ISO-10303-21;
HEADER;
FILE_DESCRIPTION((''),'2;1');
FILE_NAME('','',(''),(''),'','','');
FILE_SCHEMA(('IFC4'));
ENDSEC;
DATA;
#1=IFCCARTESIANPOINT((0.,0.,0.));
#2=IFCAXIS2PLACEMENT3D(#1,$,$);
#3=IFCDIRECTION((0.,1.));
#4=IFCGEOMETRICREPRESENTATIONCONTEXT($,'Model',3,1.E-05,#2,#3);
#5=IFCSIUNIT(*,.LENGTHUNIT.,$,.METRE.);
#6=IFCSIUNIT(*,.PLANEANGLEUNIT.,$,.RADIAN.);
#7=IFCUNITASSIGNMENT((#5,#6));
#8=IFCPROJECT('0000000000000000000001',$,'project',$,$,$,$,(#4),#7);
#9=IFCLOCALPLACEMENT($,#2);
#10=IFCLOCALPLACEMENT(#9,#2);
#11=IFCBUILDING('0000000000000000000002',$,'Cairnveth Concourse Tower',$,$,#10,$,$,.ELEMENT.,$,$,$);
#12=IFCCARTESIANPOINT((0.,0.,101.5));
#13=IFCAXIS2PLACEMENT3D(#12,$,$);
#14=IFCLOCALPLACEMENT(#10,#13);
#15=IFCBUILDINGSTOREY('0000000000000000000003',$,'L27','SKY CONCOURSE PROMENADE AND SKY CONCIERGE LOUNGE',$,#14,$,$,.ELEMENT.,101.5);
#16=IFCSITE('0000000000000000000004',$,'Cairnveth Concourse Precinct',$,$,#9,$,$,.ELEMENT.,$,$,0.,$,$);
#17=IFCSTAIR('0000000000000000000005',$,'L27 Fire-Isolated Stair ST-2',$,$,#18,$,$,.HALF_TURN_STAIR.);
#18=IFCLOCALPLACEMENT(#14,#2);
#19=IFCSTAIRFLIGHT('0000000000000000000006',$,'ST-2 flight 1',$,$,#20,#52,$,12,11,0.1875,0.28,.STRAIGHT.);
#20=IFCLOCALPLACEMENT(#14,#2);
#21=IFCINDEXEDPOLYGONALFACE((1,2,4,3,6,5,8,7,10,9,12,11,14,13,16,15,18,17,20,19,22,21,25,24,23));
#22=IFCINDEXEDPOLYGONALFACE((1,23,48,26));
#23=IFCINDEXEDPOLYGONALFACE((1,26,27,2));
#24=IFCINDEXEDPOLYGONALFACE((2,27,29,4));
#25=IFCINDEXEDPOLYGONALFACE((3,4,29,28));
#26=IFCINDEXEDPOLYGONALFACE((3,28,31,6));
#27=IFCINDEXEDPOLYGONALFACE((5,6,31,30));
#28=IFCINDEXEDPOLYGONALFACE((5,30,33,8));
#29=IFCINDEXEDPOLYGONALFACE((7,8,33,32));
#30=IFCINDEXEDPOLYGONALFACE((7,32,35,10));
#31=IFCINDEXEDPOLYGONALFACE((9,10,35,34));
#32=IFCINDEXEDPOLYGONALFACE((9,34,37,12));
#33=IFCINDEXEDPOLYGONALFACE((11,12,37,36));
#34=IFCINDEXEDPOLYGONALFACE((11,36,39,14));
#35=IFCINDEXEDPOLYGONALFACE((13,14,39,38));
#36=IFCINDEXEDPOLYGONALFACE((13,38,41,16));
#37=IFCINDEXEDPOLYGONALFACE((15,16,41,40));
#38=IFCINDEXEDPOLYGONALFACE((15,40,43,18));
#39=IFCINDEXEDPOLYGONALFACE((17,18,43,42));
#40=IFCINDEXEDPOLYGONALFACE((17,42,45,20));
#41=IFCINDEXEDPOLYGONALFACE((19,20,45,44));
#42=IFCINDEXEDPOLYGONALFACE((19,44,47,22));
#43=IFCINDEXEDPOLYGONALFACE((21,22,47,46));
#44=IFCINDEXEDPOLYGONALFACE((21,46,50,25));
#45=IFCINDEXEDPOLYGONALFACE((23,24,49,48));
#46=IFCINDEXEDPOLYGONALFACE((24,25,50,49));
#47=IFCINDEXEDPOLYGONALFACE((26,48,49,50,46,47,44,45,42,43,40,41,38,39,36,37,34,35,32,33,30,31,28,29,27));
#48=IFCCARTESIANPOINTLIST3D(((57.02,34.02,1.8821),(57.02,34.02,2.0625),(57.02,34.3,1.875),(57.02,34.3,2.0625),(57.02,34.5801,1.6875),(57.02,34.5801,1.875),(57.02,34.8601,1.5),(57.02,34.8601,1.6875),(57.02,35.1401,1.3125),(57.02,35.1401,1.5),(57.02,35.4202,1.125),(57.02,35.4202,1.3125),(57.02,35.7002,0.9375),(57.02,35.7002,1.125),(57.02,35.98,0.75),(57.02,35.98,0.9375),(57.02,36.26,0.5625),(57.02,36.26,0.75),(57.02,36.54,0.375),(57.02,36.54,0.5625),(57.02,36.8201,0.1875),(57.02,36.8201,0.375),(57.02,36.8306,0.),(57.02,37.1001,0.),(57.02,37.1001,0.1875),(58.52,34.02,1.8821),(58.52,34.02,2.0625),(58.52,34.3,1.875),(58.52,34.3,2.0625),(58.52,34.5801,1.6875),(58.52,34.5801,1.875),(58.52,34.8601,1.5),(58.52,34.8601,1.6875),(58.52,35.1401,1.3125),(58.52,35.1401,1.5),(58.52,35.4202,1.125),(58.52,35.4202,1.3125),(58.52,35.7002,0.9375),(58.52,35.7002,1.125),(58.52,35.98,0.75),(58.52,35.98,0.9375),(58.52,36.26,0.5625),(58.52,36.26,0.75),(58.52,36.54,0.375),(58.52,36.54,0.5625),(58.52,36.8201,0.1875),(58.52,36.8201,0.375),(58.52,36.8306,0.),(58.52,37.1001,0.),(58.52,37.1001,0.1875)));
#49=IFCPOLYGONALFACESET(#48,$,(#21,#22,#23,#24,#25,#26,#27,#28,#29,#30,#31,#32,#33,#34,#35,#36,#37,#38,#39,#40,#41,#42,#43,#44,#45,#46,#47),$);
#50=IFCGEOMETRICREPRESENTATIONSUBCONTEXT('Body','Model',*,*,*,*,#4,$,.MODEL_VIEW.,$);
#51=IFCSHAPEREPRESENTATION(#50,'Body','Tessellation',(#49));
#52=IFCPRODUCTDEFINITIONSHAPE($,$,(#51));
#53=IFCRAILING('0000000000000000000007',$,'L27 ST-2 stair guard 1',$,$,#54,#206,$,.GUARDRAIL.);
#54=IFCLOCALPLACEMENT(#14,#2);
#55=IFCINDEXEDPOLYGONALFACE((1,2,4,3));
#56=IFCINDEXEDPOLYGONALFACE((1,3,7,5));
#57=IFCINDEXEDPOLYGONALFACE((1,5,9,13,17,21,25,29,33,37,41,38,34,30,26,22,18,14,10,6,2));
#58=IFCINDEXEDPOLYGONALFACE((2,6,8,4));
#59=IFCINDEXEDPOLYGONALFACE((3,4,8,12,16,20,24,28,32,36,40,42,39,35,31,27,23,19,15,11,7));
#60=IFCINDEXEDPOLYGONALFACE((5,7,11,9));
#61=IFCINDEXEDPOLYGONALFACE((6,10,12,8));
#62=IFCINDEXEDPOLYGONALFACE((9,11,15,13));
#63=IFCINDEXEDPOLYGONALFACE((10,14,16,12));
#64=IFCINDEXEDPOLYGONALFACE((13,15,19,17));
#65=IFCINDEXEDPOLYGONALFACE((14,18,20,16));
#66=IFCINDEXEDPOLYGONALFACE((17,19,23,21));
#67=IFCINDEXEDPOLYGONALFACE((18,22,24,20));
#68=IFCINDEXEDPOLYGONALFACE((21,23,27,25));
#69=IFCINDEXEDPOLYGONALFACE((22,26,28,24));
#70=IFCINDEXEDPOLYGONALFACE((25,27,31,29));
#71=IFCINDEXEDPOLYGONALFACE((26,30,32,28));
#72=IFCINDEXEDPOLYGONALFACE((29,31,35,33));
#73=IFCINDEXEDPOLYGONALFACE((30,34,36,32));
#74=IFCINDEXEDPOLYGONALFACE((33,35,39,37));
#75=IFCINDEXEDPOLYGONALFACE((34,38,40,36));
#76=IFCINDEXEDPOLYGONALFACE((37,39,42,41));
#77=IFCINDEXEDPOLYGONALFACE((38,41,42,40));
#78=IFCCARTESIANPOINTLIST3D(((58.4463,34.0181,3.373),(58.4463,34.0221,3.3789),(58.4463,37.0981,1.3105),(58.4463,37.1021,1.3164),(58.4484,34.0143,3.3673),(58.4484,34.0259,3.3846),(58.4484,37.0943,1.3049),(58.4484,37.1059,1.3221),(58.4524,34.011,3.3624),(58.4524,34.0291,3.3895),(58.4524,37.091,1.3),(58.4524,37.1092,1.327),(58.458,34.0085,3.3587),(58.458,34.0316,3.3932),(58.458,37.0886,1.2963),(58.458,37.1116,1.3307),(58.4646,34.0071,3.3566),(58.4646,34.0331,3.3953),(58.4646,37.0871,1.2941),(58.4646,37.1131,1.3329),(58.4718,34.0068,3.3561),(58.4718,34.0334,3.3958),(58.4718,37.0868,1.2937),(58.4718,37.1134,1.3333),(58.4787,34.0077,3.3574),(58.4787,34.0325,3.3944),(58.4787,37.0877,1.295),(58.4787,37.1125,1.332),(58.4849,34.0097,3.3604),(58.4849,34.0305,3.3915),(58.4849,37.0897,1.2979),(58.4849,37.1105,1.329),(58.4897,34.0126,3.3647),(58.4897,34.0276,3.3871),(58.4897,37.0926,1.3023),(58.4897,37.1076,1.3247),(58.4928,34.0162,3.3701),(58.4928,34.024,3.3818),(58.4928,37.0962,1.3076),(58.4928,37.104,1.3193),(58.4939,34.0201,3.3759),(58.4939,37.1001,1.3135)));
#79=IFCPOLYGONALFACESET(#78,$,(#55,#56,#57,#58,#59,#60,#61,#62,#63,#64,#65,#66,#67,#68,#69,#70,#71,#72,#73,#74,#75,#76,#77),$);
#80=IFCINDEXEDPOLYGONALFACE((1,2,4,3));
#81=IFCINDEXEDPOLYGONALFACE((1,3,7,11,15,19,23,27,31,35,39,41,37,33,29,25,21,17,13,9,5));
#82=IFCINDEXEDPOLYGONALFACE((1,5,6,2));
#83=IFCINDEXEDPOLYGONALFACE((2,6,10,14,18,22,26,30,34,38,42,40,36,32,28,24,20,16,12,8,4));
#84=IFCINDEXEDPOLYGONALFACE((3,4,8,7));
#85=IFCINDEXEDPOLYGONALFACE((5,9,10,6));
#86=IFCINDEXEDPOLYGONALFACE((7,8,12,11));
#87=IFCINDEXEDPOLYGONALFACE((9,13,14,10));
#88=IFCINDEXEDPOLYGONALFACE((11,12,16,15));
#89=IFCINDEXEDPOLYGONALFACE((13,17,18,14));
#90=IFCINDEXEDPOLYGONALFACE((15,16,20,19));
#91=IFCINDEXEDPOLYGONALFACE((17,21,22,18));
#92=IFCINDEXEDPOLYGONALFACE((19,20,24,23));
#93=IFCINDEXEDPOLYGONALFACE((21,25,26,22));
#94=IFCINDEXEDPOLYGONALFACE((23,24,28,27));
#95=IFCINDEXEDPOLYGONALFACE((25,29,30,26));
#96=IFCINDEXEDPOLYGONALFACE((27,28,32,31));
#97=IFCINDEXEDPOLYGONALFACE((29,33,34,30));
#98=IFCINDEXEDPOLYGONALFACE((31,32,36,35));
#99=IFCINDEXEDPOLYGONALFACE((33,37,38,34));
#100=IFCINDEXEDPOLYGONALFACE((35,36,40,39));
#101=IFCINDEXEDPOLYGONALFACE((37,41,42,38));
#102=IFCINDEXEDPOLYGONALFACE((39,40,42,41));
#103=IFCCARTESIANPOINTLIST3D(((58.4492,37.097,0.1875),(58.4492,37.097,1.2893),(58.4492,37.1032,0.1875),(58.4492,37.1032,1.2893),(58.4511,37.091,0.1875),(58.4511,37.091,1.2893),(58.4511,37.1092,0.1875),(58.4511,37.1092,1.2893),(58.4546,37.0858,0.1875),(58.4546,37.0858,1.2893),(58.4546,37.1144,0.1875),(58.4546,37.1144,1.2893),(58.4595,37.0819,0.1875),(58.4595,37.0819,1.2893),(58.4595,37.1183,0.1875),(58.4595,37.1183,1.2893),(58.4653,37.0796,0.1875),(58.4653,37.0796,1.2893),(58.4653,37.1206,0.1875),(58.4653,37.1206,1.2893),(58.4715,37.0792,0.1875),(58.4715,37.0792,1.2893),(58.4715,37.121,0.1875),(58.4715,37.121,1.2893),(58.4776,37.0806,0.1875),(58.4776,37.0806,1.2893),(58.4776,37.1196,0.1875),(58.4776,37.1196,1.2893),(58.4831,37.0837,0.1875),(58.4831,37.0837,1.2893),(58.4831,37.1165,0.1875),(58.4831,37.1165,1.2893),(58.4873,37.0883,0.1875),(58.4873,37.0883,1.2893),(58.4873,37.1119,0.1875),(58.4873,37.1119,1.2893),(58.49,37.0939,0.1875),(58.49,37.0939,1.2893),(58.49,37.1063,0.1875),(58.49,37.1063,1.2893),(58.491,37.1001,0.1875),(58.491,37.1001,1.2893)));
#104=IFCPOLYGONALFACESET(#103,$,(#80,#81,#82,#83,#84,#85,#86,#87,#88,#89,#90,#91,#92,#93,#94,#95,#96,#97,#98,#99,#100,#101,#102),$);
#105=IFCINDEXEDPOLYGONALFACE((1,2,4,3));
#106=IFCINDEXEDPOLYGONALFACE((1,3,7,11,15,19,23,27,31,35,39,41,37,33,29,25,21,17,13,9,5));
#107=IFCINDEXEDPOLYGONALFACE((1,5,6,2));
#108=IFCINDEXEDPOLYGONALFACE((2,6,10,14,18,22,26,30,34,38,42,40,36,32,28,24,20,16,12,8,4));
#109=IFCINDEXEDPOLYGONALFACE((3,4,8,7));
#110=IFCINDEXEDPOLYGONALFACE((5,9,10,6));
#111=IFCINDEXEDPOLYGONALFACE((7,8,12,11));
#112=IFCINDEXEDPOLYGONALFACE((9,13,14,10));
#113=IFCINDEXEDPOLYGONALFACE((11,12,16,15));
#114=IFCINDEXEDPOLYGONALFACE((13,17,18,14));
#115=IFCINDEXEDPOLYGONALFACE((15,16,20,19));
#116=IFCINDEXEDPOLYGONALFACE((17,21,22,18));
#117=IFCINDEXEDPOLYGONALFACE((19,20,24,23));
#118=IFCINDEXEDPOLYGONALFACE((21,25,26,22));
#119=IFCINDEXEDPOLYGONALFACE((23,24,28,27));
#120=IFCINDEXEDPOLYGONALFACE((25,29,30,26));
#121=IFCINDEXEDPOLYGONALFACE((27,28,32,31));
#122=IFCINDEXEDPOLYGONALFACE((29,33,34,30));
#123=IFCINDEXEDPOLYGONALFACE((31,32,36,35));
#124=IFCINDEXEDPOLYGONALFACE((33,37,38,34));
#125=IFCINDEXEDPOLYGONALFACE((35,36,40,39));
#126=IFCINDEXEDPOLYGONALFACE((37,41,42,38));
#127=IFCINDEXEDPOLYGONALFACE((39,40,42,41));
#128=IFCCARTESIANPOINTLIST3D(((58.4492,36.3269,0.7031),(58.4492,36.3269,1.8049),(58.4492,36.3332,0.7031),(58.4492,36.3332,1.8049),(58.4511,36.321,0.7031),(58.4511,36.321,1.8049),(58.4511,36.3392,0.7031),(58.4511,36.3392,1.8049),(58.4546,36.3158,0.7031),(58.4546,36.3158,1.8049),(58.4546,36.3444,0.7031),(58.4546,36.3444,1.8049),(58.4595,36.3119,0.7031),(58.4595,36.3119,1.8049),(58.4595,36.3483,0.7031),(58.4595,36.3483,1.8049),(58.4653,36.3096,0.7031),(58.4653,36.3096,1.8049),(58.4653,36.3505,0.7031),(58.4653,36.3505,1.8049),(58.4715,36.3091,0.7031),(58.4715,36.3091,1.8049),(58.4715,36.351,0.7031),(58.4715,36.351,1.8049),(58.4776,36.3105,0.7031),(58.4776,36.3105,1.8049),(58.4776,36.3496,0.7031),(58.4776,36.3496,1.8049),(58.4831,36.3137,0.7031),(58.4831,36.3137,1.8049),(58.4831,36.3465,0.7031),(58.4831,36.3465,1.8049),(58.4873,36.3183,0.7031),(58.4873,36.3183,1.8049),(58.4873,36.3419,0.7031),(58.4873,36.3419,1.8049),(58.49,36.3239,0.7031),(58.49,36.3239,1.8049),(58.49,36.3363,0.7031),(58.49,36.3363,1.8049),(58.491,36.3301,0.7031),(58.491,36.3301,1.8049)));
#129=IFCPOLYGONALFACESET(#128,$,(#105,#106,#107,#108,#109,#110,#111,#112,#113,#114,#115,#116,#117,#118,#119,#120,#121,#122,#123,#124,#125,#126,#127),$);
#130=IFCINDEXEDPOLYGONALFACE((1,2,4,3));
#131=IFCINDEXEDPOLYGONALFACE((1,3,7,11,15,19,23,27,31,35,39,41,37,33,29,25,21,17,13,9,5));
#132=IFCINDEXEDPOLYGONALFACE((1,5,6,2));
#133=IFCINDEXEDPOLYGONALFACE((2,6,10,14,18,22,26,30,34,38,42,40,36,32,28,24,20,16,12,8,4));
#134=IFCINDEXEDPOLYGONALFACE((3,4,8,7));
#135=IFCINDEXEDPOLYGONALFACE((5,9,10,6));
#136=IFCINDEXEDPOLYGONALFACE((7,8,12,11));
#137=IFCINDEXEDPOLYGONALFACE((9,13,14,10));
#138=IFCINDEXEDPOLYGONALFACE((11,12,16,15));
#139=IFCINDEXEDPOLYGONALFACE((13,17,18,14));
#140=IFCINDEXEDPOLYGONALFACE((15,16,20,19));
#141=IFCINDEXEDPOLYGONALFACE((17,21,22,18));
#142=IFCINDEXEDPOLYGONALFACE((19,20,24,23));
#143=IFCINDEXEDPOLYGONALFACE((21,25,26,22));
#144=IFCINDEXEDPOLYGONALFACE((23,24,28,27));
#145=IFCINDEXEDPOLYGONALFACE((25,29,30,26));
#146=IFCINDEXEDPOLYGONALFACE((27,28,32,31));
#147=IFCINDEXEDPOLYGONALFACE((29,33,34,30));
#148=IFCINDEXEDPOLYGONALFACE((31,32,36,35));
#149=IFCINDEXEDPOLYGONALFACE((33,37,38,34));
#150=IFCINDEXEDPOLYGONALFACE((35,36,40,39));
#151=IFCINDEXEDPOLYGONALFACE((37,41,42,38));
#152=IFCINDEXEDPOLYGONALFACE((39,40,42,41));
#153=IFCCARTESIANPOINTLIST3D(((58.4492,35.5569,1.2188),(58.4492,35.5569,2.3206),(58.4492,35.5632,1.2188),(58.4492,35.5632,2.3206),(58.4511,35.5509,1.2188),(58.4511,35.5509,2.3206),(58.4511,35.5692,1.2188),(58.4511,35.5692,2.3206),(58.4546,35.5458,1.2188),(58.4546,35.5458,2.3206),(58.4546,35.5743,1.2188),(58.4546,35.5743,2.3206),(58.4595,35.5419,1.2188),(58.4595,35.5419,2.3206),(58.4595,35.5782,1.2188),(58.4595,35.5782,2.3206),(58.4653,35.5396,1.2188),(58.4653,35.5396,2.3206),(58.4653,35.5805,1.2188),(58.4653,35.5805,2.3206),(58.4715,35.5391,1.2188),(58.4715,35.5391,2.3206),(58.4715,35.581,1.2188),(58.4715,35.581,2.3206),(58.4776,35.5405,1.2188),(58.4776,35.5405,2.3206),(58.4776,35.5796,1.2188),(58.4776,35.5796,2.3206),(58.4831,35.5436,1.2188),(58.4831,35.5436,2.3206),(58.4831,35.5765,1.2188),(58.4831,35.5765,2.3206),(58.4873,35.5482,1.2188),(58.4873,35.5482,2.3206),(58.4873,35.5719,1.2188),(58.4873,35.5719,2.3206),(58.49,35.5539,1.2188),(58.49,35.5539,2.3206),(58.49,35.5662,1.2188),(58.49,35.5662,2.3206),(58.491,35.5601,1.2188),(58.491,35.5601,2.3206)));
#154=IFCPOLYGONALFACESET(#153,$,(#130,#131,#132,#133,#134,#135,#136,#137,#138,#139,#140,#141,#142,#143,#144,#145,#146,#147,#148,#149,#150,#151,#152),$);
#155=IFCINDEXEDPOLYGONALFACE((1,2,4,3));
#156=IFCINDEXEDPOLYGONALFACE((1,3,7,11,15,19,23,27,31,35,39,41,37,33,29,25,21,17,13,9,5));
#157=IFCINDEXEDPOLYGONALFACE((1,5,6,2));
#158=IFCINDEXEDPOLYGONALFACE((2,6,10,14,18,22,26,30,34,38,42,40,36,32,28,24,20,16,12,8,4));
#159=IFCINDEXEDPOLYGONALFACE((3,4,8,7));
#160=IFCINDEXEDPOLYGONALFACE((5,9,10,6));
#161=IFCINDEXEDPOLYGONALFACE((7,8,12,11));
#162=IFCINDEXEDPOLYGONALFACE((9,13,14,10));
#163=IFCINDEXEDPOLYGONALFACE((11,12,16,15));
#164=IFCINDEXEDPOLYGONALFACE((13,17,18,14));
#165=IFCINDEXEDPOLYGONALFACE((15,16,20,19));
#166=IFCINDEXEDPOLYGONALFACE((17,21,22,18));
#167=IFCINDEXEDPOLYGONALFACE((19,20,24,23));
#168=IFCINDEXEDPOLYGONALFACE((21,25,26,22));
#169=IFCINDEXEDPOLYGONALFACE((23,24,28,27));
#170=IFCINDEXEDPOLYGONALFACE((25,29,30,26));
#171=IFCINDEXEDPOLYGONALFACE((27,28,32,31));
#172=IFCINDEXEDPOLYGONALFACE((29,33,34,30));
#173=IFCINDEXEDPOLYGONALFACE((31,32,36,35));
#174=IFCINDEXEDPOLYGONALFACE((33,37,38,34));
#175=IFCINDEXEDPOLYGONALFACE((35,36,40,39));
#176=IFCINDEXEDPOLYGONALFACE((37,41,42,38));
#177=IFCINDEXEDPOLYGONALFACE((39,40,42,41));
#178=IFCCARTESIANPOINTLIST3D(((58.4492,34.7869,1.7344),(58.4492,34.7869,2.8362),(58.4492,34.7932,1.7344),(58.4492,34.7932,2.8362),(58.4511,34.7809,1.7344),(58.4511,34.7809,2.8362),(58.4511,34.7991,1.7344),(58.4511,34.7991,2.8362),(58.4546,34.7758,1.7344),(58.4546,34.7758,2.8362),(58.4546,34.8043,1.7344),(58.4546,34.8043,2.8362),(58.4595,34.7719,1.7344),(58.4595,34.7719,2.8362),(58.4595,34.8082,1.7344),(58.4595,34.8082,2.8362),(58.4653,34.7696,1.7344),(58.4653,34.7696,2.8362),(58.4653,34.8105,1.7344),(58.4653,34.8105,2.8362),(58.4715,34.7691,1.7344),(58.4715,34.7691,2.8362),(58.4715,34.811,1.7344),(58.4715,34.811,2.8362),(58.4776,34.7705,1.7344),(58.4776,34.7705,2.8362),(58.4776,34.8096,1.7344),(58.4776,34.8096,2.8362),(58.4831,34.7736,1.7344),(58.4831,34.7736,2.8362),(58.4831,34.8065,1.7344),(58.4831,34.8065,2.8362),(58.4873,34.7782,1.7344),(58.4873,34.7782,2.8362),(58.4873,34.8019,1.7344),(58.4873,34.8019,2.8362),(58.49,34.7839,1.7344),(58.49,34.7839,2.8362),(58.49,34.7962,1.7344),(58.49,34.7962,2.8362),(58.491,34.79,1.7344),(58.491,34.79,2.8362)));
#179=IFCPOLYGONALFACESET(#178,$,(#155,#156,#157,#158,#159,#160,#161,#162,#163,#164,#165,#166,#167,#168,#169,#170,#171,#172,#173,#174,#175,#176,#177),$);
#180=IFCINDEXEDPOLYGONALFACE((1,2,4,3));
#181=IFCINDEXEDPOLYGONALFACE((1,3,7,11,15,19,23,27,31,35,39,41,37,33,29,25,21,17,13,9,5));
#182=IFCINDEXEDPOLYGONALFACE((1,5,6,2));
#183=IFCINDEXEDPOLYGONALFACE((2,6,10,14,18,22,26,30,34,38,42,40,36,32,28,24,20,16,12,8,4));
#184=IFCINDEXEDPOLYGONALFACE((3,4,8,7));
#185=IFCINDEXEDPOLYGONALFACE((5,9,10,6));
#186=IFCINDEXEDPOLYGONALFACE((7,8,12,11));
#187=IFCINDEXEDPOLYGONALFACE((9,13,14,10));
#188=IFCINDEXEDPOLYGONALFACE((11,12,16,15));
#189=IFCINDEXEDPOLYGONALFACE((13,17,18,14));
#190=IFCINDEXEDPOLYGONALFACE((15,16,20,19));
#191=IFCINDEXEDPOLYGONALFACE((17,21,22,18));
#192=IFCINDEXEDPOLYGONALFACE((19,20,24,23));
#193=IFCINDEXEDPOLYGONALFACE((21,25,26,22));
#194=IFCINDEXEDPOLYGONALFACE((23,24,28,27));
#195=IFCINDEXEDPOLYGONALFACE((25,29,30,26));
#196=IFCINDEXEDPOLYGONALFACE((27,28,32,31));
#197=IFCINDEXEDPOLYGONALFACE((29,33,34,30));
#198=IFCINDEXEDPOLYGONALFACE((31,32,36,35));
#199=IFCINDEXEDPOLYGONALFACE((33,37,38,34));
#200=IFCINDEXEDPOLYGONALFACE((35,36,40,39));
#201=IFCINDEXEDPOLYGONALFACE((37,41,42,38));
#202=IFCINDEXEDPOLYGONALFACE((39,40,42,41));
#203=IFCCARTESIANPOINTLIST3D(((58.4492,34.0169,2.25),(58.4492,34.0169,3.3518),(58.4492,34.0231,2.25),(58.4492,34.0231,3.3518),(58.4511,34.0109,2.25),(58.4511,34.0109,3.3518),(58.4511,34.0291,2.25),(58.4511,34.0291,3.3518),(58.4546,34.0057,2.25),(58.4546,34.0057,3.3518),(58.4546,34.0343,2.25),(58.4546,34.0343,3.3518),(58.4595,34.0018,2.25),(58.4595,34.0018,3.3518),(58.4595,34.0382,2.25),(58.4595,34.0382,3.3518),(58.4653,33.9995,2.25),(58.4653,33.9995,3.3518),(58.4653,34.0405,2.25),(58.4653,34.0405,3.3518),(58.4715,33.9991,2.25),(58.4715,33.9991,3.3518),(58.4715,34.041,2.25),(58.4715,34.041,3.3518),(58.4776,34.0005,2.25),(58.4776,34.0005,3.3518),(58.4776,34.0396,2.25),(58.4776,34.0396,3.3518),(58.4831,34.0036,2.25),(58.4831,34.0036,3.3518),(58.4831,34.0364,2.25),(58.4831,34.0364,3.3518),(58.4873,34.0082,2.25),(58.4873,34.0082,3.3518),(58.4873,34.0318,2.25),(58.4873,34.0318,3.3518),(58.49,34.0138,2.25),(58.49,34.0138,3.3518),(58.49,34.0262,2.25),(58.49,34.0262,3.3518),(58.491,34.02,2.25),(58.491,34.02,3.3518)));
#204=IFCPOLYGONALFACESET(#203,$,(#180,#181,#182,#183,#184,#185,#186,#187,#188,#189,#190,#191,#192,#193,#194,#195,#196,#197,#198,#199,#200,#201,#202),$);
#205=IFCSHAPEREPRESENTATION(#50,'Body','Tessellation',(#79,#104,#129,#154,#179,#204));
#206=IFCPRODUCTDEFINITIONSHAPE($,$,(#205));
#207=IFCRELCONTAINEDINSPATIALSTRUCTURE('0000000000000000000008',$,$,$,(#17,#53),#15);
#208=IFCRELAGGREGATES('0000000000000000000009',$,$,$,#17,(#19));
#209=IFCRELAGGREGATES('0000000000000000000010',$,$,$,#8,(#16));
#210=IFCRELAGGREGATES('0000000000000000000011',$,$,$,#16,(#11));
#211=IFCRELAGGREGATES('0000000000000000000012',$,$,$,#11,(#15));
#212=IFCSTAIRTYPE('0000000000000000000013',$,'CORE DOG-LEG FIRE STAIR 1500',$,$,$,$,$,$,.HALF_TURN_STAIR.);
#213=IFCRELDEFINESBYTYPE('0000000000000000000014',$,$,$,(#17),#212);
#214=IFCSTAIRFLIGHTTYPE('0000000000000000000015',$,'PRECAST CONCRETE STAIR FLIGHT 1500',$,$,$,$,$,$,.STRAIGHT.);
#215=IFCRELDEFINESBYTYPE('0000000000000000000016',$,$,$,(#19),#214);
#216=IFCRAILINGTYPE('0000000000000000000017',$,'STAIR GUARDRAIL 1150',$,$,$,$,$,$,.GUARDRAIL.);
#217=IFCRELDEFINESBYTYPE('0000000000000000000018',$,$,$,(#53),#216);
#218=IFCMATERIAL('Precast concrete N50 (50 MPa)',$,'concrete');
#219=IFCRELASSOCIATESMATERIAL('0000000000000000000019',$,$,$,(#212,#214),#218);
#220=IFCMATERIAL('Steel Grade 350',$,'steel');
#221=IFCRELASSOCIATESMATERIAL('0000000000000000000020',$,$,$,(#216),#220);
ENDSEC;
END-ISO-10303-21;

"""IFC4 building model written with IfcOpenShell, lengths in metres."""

from ifc_helpers import new_model, si_unit, direction, frame, origin, origin_2d, place, context, subcontext, project, spatial, polyline, circle, outline, extrude, material, type_object, element, aggregate, save


model = new_model("IFC4")

# Units and contexts
model_context = context("Model", 3, precision=1e-05, world=origin(), true_north=direction((0.0, 1.0)))
body_context = subcontext(model_context, "Body", "Model", "MODEL_VIEW")
ifc_project = project(units=[si_unit("LENGTHUNIT", "METRE"), si_unit("PLANEANGLEUNIT", "RADIAN")], contexts=[model_context])

# Site, building, storey
site_placement = place(None, origin())
site = spatial("IfcSite", under=ifc_project, at=site_placement, Name="Cairnveth Concourse Precinct", CompositionType="ELEMENT", RefElevation=0.0)
building_placement = place(site_placement, origin())
building = spatial("IfcBuilding", under=site, at=building_placement, Name="Cairnveth Concourse Tower", CompositionType="ELEMENT")
storey_placement = place(building_placement, frame((0.0, 0.0, 101.5)))
storey = spatial("IfcBuildingStorey", under=building, at=storey_placement, Name="L27", Description="SKY CONCOURSE PROMENADE AND SKY CONCIERGE LOUNGE", CompositionType="ELEMENT", Elevation=101.5)

# Shared definitions
ifc_material_1 = material(Name="Steel Grade 350", Category="steel")

# Stair, stair flight
ifc_material_2 = material(Name="Precast concrete N50 (50 MPa)", Category="concrete")
stair_type = type_object("IfcStairType", Name="CORE DOG-LEG FIRE STAIR 1500", PredefinedType="HALF_TURN_STAIR", material=ifc_material_2)
stair_placement = place(storey_placement, origin())
stair = element("IfcStair", 1, at=stair_placement, inside=storey, type_object=stair_type, Name="L27 Fire-Isolated Stair ST-2", PredefinedType="HALF_TURN_STAIR")
stair_flight_type = type_object("IfcStairFlightType", Name="PRECAST CONCRETE STAIR FLIGHT 1500", PredefinedType="STRAIGHT", material=ifc_material_2)
stair_flight_placement = place(storey_placement, frame((57.77, 37.1001, 0.0), z_axis=(0.0, 0.0, 1.0), x_axis=(0.0, -1.0, 0.0)))
stair_flight = element("IfcStairFlight", 2, at=stair_flight_placement, type_object=stair_flight_type, Name="ST-2 flight 1", NumberOfRisers=12, NumberOfTreads=11, PredefinedType="STRAIGHT", RiserHeight=0.1875, TreadLength=0.28, context=body_context, shape_type="SweptSolid", body=[
    extrude(outline(polyline([(0.0, 0.0), (0.0, 0.1875), (0.28, 0.1875), (0.28, 0.375), (0.5601, 0.375), (0.5601, 0.5625), (0.8401, 0.5625), (0.8401, 0.75), (1.1201, 0.75), (1.1201, 0.9375), (1.3999, 0.9375), (1.3999, 1.125), (1.6799, 1.125), (1.6799, 1.3125), (1.96, 1.3125), (1.96, 1.5), (2.24, 1.5), (2.24, 1.6875), (2.52, 1.6875), (2.52, 1.875), (2.8, 1.875), (2.8, 2.0625), (3.0801, 2.0625), (3.0801, 2.25), (3.0801, 1.8821), (0.2695, 0.0), (0.0, 0.0)])), frame((0.0, 0.75, 0.0), z_axis=(0.0, -1.0, 0.0), x_axis=(1.0, 0.0, 0.0)), (0.0, 0.0, 1.0), 1.5),
])
aggregate(stair, [stair_flight])

# Railing
railing_type_1 = type_object("IfcRailingType", Name="STAIR GUARDRAIL 1150", PredefinedType="GUARDRAIL", material=ifc_material_1)
railing_1_placement = place(storey_placement, frame((58.47, 37.1001, 0.1875)))
element("IfcRailing", 3, at=railing_1_placement, inside=storey, type_object=railing_type_1, Name="L27 ST-2 stair guard 1", PredefinedType="GUARDRAIL", context=body_context, shape_type="SweptSolid", body=[
    extrude(circle(Radius=0.0239, at=origin_2d()), frame((0.0, 0.0, 1.126), z_axis=(0.0, -0.830914, 0.556401), x_axis=(1.0, 0.0, 0.0)), (0.0, 0.0, 1.0), 3.7068),
    extrude(circle(Radius=0.021, at=origin_2d()), origin(), (0.0, 0.0, 1.0), 1.1018),
    extrude(circle(Radius=0.021, at=origin_2d()), frame((0.0, -0.77, 0.5156)), (0.0, 0.0, 1.0), 1.1018),
    extrude(circle(Radius=0.021, at=origin_2d()), frame((0.0, -1.54, 1.0312)), (0.0, 0.0, 1.0), 1.1018),
    extrude(circle(Radius=0.021, at=origin_2d()), frame((0.0, -2.3101, 1.5469)), (0.0, 0.0, 1.0), 1.1018),
    extrude(circle(Radius=0.021, at=origin_2d()), frame((0.0, -3.0801, 2.0625)), (0.0, 0.0, 1.0), 1.1018),
])

save(model, "model.ifc")
